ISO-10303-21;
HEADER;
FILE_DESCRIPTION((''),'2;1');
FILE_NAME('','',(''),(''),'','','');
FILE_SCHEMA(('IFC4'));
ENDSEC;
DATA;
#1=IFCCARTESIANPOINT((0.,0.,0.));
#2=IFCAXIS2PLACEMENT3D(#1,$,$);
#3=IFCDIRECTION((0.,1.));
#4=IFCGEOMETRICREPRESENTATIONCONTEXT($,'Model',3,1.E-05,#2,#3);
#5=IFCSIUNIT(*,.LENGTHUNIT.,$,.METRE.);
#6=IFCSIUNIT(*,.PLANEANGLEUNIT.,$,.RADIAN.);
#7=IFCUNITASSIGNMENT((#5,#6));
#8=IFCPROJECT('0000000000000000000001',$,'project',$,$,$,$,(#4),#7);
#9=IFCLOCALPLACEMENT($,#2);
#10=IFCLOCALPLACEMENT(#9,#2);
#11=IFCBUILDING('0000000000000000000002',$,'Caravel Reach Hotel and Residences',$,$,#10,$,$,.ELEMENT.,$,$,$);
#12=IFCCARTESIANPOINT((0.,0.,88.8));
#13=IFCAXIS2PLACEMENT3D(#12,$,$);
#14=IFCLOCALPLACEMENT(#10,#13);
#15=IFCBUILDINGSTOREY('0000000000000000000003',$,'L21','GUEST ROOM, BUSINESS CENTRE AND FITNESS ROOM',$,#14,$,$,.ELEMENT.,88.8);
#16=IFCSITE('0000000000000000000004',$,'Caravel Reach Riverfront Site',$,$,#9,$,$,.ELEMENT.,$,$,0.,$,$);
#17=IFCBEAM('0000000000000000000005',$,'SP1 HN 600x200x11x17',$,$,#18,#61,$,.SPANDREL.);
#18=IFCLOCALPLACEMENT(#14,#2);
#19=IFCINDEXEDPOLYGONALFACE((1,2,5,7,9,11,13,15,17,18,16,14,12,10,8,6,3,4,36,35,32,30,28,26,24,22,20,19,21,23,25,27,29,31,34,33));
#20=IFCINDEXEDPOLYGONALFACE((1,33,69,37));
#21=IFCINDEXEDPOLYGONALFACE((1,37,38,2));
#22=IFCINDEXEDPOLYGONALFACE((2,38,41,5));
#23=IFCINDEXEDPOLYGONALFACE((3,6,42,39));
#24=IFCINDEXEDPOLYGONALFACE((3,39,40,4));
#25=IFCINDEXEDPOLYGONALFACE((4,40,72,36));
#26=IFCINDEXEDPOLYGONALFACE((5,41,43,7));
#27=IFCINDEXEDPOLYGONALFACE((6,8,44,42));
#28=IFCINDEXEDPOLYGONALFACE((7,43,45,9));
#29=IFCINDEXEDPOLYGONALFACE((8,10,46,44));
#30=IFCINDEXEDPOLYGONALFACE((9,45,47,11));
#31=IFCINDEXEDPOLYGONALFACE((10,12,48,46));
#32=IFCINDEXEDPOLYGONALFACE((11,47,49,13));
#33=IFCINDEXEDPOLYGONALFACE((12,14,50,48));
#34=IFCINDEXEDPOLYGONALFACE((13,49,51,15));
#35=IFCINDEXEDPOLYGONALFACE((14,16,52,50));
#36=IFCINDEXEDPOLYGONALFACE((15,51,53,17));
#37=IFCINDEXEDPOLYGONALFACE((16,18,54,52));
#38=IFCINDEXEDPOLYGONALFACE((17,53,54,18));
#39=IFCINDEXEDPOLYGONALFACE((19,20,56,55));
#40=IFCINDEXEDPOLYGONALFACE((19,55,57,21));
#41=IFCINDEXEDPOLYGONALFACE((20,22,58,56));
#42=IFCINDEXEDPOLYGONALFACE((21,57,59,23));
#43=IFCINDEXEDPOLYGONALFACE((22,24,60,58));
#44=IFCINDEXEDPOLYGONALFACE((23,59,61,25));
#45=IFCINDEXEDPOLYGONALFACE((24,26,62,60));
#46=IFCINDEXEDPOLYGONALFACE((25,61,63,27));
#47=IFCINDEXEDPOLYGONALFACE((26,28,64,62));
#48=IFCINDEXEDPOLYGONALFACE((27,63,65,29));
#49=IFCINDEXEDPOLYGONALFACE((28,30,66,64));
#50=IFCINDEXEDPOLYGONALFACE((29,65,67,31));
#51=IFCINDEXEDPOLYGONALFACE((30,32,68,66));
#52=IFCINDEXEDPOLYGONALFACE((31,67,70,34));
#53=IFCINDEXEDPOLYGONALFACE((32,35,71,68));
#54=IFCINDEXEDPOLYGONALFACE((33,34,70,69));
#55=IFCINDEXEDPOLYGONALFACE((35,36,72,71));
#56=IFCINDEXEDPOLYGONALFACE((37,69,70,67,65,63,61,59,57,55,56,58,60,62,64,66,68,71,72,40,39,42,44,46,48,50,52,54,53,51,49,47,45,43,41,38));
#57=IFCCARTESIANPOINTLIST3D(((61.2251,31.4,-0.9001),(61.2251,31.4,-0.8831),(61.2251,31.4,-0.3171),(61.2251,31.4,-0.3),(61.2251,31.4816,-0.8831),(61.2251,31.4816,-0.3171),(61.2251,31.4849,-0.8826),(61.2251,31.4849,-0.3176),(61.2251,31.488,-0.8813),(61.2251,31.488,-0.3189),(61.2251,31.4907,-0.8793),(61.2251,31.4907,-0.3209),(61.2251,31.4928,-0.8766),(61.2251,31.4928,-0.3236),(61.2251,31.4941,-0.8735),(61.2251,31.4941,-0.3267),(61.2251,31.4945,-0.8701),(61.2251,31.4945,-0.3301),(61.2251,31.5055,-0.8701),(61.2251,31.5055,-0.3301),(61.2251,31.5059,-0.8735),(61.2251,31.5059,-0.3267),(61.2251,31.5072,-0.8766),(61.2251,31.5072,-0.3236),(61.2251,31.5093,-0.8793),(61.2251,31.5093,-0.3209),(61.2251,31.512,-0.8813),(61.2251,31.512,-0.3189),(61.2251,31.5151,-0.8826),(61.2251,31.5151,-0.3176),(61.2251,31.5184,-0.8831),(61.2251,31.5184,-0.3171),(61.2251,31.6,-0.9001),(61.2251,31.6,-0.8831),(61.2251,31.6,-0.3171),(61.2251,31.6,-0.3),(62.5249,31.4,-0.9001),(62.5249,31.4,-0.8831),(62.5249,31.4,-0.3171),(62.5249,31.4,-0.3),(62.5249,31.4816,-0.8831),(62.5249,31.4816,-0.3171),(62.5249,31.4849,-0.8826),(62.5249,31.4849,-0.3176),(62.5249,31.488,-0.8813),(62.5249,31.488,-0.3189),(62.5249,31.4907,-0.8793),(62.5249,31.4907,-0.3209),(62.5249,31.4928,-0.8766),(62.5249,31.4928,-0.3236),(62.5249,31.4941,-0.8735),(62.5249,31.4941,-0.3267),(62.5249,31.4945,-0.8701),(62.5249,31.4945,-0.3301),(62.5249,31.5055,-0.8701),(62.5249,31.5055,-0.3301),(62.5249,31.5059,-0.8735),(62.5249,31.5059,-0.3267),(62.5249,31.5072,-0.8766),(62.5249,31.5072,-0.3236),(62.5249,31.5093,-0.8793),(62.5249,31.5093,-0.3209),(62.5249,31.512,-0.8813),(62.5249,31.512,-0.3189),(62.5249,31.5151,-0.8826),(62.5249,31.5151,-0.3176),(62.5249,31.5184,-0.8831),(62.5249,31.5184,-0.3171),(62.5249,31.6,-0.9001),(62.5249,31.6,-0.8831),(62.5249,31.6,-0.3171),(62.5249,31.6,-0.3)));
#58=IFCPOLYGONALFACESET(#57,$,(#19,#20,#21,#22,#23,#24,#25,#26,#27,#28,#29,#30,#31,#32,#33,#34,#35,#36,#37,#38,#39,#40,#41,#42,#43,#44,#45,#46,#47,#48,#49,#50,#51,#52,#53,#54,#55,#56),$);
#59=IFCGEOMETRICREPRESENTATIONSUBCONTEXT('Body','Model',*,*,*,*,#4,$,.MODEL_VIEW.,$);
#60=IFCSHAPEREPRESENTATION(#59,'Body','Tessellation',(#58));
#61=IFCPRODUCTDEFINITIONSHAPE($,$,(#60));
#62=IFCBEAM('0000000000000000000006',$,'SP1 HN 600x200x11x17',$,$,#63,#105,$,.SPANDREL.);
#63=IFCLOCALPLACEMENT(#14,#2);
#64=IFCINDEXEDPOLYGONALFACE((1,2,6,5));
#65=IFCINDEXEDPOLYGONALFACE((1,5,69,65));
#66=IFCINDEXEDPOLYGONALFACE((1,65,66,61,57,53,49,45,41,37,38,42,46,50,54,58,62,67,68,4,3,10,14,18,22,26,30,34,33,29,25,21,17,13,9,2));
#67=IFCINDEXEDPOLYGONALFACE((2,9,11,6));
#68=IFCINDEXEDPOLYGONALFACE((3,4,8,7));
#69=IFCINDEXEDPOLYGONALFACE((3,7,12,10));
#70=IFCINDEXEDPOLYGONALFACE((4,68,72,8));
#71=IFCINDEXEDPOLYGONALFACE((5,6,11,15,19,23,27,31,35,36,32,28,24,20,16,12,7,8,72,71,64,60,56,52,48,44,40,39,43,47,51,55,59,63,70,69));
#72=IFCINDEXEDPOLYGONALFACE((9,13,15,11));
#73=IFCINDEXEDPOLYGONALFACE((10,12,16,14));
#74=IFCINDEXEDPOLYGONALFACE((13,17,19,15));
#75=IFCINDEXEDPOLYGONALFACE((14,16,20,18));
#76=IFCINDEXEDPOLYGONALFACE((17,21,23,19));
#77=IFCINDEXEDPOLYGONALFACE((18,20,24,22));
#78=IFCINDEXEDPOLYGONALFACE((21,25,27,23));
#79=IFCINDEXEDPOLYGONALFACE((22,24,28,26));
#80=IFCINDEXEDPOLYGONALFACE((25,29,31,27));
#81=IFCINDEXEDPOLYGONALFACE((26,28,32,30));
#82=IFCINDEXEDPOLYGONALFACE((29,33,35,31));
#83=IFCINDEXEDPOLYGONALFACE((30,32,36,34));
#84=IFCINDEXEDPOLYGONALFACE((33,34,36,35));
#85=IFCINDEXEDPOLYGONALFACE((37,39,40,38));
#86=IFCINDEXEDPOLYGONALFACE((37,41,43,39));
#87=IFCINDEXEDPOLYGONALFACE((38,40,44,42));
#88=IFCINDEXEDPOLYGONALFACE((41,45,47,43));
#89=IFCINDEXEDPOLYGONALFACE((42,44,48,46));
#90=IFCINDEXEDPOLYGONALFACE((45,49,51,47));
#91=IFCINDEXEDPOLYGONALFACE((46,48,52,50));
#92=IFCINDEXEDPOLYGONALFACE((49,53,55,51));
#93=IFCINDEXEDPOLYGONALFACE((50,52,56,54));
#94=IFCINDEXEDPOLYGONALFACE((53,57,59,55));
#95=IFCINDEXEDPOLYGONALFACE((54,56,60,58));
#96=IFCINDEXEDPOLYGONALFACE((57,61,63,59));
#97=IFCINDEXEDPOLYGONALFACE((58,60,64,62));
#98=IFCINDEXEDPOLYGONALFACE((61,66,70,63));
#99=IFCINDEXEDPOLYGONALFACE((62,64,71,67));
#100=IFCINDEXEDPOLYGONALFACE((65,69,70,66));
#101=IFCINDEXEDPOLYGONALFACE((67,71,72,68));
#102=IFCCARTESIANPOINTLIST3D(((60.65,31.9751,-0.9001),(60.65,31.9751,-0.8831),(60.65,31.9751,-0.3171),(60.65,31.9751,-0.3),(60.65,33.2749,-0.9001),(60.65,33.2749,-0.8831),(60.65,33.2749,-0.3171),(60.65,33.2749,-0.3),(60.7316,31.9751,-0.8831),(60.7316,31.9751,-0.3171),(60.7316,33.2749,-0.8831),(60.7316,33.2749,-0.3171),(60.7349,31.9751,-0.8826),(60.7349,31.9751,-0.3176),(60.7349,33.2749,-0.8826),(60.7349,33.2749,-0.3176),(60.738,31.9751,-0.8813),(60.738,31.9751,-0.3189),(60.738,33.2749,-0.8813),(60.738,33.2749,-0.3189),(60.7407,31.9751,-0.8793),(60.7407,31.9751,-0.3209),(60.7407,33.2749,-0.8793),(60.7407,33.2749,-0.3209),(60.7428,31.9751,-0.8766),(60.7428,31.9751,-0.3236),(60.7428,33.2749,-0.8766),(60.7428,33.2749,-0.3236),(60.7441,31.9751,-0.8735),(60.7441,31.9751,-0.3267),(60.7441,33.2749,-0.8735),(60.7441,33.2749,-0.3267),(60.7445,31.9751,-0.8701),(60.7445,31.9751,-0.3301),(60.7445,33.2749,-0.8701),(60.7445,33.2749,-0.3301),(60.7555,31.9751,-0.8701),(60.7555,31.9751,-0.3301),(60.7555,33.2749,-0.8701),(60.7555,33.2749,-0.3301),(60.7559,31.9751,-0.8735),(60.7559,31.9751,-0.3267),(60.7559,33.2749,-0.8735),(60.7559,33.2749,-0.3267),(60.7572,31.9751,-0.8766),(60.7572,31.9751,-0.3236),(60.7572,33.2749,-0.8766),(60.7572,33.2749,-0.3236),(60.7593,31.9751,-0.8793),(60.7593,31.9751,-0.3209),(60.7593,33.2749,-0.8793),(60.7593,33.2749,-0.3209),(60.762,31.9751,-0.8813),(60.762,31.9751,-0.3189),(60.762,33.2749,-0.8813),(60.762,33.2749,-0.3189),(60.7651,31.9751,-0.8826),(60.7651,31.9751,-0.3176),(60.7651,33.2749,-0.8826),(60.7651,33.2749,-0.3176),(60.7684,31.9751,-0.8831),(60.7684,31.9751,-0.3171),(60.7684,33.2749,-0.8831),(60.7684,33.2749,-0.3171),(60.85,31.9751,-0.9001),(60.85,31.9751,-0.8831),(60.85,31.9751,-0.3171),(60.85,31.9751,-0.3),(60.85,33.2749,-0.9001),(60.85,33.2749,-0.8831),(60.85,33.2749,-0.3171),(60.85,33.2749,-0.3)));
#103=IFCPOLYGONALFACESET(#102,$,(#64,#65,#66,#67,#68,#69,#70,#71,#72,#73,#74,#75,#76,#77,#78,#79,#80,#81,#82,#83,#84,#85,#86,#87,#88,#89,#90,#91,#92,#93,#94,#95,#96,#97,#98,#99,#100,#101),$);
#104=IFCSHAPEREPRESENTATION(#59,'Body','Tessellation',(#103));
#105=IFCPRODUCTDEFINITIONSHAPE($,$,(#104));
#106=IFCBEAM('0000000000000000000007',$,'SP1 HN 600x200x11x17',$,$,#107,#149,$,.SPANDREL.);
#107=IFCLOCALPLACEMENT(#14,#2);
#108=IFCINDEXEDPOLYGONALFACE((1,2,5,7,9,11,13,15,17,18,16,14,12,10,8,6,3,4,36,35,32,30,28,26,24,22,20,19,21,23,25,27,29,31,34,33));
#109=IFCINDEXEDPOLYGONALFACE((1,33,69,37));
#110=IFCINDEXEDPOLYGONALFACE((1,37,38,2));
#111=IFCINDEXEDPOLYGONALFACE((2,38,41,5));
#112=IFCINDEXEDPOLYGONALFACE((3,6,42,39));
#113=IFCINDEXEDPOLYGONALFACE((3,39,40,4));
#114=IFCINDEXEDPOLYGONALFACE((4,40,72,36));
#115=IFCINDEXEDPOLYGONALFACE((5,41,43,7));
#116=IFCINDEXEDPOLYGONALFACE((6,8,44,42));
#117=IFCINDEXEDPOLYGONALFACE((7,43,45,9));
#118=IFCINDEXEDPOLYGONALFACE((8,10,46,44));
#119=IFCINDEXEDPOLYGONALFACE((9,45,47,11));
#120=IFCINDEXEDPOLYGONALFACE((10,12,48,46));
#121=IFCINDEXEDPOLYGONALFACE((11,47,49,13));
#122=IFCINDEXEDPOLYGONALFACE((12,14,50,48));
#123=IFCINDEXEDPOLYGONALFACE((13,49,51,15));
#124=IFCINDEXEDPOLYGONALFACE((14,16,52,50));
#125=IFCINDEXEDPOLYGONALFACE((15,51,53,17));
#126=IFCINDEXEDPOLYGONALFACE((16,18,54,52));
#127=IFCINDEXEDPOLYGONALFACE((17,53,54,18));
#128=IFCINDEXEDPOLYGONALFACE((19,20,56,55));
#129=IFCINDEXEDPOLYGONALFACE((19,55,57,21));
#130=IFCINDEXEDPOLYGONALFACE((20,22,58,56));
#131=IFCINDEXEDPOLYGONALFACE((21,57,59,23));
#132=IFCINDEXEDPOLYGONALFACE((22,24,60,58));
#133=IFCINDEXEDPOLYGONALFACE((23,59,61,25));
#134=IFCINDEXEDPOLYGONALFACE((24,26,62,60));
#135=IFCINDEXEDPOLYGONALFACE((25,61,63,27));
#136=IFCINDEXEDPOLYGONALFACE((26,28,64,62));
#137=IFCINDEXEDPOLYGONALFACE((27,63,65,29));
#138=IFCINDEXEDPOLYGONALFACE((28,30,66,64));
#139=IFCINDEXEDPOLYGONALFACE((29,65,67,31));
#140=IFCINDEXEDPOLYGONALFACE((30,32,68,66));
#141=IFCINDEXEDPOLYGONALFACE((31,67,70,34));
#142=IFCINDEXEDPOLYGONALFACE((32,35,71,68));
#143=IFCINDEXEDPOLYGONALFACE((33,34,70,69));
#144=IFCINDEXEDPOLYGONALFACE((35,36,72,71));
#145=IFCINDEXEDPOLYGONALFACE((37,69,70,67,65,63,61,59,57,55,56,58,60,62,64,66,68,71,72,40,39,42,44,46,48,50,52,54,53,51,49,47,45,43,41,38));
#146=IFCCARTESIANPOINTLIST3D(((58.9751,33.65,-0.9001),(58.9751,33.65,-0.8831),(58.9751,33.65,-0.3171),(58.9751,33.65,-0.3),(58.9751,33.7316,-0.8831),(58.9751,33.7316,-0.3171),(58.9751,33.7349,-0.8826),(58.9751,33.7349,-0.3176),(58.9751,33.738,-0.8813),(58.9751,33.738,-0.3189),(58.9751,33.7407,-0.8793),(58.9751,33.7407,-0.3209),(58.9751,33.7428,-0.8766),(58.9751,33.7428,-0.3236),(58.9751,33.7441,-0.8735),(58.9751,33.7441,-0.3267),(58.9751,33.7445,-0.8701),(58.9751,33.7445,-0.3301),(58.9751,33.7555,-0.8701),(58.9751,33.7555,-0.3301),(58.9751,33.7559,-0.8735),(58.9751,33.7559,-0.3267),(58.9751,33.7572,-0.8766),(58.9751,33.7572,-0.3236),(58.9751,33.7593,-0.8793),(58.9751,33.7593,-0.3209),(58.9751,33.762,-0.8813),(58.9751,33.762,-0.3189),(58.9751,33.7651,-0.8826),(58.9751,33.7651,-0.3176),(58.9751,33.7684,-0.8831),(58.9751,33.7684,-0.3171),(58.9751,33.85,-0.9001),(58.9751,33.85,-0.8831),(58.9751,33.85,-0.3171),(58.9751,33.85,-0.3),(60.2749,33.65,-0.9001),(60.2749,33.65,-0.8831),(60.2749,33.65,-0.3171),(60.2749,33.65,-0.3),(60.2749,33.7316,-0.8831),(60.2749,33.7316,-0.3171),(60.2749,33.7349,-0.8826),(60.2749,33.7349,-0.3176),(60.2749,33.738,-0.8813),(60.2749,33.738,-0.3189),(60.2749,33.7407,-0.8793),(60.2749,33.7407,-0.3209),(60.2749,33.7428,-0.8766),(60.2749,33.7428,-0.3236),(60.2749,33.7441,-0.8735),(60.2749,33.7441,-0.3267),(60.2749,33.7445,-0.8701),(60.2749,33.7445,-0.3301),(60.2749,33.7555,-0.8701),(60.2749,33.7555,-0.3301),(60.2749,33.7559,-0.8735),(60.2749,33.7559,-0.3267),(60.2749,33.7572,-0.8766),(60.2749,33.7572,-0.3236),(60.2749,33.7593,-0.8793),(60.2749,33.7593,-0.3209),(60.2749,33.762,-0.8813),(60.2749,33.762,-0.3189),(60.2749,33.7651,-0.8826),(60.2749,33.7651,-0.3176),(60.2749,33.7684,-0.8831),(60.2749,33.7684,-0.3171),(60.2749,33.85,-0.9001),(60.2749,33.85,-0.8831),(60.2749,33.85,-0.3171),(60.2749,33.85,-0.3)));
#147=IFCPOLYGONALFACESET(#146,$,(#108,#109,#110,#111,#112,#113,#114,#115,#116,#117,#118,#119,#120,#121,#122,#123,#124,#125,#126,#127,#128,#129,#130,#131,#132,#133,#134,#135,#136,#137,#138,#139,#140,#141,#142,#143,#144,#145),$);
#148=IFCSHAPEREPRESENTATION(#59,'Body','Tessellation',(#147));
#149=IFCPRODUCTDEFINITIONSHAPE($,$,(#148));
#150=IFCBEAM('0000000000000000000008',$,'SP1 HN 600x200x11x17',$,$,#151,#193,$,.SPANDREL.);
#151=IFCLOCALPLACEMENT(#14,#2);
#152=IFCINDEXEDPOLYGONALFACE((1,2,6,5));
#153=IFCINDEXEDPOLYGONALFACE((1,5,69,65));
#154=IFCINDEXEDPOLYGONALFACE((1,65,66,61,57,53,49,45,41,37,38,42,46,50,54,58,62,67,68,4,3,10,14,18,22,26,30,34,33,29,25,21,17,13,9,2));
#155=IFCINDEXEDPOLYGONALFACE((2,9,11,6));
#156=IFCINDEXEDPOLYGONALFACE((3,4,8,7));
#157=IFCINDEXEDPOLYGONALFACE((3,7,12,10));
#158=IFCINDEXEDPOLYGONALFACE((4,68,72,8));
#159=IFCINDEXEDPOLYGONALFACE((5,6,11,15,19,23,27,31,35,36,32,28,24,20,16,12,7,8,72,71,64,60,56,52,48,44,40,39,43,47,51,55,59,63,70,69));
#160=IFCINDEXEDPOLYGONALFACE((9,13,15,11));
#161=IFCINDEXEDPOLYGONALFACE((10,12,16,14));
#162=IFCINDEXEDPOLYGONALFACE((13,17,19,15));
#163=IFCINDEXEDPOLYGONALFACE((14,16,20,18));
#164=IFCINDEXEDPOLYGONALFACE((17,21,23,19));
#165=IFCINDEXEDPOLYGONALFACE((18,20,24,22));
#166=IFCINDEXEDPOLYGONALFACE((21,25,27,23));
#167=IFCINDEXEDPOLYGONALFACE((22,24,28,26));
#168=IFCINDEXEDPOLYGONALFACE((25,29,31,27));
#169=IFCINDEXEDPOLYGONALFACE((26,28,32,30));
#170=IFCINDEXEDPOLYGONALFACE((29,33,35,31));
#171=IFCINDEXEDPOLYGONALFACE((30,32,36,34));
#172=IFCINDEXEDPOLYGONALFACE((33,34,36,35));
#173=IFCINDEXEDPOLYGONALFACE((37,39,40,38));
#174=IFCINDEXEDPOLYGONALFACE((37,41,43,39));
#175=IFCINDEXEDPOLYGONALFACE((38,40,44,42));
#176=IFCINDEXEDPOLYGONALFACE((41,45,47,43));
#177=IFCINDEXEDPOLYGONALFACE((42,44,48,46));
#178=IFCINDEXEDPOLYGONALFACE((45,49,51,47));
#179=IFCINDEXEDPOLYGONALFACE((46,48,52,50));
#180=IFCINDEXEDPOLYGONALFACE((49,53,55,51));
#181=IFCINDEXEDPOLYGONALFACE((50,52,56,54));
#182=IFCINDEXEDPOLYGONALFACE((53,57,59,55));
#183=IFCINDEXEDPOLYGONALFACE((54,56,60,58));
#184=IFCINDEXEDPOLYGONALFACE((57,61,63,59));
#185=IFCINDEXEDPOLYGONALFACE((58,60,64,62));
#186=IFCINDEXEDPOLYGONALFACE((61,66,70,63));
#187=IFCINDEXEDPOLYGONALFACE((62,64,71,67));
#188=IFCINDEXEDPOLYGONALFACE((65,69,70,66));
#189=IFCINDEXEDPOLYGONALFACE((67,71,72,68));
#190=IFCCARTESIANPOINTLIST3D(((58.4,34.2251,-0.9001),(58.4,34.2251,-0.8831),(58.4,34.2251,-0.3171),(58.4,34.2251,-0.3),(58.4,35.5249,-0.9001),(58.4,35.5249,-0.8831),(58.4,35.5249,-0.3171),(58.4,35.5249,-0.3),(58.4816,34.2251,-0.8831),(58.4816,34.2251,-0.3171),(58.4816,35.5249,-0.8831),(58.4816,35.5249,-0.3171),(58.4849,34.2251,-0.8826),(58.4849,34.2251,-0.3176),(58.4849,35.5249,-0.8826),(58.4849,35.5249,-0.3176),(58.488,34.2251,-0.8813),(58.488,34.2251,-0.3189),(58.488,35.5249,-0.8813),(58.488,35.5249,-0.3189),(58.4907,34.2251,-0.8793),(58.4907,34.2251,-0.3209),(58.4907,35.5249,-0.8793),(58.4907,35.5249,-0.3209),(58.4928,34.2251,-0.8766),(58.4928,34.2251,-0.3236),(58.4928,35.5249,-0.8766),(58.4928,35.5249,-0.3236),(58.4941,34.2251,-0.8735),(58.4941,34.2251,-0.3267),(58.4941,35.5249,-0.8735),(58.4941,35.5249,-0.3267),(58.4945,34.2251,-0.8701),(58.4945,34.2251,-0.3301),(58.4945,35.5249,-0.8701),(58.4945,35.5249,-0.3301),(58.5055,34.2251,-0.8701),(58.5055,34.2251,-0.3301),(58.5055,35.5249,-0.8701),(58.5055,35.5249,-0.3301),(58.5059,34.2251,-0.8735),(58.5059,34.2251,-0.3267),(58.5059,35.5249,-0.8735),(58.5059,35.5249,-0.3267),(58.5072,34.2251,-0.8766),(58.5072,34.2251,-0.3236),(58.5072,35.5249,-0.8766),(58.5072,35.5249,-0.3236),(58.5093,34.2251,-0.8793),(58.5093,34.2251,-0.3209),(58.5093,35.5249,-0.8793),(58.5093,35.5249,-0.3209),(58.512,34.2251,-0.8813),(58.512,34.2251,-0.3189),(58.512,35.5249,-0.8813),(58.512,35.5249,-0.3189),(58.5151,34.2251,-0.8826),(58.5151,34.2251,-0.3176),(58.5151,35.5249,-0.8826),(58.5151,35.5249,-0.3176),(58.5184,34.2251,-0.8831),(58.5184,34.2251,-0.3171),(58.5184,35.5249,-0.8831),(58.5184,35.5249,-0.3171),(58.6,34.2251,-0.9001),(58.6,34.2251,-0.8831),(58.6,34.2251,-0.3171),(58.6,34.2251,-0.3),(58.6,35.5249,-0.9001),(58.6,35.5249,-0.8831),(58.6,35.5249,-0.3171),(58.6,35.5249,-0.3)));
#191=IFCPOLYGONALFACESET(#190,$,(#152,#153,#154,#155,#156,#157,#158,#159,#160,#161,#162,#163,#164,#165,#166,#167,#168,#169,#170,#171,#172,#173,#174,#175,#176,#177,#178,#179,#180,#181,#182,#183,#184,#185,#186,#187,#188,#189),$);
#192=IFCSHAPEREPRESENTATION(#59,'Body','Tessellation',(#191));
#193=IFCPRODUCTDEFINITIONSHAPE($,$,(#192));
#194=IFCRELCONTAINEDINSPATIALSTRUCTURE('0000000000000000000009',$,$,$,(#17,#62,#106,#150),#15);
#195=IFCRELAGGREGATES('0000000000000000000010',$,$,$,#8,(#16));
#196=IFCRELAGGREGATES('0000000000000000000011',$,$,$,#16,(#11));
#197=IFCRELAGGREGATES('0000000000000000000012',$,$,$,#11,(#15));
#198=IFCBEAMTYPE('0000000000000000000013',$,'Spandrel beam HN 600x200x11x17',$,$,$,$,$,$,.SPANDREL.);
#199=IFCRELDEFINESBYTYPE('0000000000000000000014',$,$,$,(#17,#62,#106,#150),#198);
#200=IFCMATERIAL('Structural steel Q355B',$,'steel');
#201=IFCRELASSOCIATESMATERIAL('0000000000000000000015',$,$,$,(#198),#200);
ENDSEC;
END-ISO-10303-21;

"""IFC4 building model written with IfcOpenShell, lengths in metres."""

from ifc_helpers import new_model, si_unit, direction, frame, origin, origin_2d, place, context, subcontext, project, spatial, i_section, extrude, material, material_profile, profile_set, type_object, element, save


model = new_model("IFC4")

# Units and contexts
model_context = context("Model", 3, precision=1e-05, world=origin(), true_north=direction((0.0, 1.0)))
body_context = subcontext(model_context, "Body", "Model", "MODEL_VIEW")
ifc_project = project(units=[si_unit("LENGTHUNIT", "METRE"), si_unit("PLANEANGLEUNIT", "RADIAN")], contexts=[model_context])

# Site, building, storey
site_placement = place(None, origin())
site = spatial("IfcSite", under=ifc_project, at=site_placement, Name="Caravel Reach Riverfront Site", CompositionType="ELEMENT", RefElevation=0.0)
building_placement = place(site_placement, origin())
building = spatial("IfcBuilding", under=site, at=building_placement, Name="Caravel Reach Hotel and Residences", CompositionType="ELEMENT")
storey_placement = place(building_placement, frame((0.0, 0.0, 88.8)))
storey = spatial("IfcBuildingStorey", under=building, at=storey_placement, Name="L21", Description="GUEST ROOM, BUSINESS CENTRE AND FITNESS ROOM", CompositionType="ELEMENT", Elevation=88.8)

# Beams
ifc_material_1 = material(Name="Structural steel Q355B", Category="steel")
ifc_material_profile_1 = material_profile(ifc_material_1, i_section(OverallWidth=0.2, OverallDepth=0.6001, WebThickness=0.011, FlangeThickness=0.0171, FilletRadius=0.0129, at=origin_2d()), Name="HN 600x200x11x17")
ifc_profile_set_1 = profile_set([ifc_material_profile_1], Name="Structural steel Q355B")
beam_type_1 = type_object("IfcBeamType", Name="Spandrel beam HN 600x200x11x17", PredefinedType="SPANDREL", material=ifc_profile_set_1)
for number, where, z_axis, x_axis, name in (
    (1, (62.5249, 31.5, -0.6001), (-1.0, 0.0, 0.0), (0.0, -1.0, 0.0), "SP1 HN 600x200x11x17"),
    (2, (60.75, 31.9751, -0.6001), (0.0, 1.0, 0.0), (-1.0, 0.0, 0.0), "SP1 HN 600x200x11x17"),
    (3, (60.2749, 33.75, -0.6001), (-1.0, 0.0, 0.0), (0.0, -1.0, 0.0), "SP1 HN 600x200x11x17"),
    (4, (58.5, 34.2251, -0.6001), (0.0, 1.0, 0.0), (-1.0, 0.0, 0.0), "SP1 HN 600x200x11x17"),
):
    element("IfcBeam", number, at=place(storey_placement, frame(where, z_axis=z_axis, x_axis=x_axis)), inside=storey, type_object=beam_type_1, Name=name, PredefinedType="SPANDREL", context=body_context, shape_type="SweptSolid", body=[
        extrude(i_section(OverallWidth=0.2, OverallDepth=0.6001, WebThickness=0.011, FlangeThickness=0.0171, FilletRadius=0.0129, at=origin_2d()), origin(), (0.0, 0.0, 1.0), 1.2998),
    ])

save(model, "model.ifc")
